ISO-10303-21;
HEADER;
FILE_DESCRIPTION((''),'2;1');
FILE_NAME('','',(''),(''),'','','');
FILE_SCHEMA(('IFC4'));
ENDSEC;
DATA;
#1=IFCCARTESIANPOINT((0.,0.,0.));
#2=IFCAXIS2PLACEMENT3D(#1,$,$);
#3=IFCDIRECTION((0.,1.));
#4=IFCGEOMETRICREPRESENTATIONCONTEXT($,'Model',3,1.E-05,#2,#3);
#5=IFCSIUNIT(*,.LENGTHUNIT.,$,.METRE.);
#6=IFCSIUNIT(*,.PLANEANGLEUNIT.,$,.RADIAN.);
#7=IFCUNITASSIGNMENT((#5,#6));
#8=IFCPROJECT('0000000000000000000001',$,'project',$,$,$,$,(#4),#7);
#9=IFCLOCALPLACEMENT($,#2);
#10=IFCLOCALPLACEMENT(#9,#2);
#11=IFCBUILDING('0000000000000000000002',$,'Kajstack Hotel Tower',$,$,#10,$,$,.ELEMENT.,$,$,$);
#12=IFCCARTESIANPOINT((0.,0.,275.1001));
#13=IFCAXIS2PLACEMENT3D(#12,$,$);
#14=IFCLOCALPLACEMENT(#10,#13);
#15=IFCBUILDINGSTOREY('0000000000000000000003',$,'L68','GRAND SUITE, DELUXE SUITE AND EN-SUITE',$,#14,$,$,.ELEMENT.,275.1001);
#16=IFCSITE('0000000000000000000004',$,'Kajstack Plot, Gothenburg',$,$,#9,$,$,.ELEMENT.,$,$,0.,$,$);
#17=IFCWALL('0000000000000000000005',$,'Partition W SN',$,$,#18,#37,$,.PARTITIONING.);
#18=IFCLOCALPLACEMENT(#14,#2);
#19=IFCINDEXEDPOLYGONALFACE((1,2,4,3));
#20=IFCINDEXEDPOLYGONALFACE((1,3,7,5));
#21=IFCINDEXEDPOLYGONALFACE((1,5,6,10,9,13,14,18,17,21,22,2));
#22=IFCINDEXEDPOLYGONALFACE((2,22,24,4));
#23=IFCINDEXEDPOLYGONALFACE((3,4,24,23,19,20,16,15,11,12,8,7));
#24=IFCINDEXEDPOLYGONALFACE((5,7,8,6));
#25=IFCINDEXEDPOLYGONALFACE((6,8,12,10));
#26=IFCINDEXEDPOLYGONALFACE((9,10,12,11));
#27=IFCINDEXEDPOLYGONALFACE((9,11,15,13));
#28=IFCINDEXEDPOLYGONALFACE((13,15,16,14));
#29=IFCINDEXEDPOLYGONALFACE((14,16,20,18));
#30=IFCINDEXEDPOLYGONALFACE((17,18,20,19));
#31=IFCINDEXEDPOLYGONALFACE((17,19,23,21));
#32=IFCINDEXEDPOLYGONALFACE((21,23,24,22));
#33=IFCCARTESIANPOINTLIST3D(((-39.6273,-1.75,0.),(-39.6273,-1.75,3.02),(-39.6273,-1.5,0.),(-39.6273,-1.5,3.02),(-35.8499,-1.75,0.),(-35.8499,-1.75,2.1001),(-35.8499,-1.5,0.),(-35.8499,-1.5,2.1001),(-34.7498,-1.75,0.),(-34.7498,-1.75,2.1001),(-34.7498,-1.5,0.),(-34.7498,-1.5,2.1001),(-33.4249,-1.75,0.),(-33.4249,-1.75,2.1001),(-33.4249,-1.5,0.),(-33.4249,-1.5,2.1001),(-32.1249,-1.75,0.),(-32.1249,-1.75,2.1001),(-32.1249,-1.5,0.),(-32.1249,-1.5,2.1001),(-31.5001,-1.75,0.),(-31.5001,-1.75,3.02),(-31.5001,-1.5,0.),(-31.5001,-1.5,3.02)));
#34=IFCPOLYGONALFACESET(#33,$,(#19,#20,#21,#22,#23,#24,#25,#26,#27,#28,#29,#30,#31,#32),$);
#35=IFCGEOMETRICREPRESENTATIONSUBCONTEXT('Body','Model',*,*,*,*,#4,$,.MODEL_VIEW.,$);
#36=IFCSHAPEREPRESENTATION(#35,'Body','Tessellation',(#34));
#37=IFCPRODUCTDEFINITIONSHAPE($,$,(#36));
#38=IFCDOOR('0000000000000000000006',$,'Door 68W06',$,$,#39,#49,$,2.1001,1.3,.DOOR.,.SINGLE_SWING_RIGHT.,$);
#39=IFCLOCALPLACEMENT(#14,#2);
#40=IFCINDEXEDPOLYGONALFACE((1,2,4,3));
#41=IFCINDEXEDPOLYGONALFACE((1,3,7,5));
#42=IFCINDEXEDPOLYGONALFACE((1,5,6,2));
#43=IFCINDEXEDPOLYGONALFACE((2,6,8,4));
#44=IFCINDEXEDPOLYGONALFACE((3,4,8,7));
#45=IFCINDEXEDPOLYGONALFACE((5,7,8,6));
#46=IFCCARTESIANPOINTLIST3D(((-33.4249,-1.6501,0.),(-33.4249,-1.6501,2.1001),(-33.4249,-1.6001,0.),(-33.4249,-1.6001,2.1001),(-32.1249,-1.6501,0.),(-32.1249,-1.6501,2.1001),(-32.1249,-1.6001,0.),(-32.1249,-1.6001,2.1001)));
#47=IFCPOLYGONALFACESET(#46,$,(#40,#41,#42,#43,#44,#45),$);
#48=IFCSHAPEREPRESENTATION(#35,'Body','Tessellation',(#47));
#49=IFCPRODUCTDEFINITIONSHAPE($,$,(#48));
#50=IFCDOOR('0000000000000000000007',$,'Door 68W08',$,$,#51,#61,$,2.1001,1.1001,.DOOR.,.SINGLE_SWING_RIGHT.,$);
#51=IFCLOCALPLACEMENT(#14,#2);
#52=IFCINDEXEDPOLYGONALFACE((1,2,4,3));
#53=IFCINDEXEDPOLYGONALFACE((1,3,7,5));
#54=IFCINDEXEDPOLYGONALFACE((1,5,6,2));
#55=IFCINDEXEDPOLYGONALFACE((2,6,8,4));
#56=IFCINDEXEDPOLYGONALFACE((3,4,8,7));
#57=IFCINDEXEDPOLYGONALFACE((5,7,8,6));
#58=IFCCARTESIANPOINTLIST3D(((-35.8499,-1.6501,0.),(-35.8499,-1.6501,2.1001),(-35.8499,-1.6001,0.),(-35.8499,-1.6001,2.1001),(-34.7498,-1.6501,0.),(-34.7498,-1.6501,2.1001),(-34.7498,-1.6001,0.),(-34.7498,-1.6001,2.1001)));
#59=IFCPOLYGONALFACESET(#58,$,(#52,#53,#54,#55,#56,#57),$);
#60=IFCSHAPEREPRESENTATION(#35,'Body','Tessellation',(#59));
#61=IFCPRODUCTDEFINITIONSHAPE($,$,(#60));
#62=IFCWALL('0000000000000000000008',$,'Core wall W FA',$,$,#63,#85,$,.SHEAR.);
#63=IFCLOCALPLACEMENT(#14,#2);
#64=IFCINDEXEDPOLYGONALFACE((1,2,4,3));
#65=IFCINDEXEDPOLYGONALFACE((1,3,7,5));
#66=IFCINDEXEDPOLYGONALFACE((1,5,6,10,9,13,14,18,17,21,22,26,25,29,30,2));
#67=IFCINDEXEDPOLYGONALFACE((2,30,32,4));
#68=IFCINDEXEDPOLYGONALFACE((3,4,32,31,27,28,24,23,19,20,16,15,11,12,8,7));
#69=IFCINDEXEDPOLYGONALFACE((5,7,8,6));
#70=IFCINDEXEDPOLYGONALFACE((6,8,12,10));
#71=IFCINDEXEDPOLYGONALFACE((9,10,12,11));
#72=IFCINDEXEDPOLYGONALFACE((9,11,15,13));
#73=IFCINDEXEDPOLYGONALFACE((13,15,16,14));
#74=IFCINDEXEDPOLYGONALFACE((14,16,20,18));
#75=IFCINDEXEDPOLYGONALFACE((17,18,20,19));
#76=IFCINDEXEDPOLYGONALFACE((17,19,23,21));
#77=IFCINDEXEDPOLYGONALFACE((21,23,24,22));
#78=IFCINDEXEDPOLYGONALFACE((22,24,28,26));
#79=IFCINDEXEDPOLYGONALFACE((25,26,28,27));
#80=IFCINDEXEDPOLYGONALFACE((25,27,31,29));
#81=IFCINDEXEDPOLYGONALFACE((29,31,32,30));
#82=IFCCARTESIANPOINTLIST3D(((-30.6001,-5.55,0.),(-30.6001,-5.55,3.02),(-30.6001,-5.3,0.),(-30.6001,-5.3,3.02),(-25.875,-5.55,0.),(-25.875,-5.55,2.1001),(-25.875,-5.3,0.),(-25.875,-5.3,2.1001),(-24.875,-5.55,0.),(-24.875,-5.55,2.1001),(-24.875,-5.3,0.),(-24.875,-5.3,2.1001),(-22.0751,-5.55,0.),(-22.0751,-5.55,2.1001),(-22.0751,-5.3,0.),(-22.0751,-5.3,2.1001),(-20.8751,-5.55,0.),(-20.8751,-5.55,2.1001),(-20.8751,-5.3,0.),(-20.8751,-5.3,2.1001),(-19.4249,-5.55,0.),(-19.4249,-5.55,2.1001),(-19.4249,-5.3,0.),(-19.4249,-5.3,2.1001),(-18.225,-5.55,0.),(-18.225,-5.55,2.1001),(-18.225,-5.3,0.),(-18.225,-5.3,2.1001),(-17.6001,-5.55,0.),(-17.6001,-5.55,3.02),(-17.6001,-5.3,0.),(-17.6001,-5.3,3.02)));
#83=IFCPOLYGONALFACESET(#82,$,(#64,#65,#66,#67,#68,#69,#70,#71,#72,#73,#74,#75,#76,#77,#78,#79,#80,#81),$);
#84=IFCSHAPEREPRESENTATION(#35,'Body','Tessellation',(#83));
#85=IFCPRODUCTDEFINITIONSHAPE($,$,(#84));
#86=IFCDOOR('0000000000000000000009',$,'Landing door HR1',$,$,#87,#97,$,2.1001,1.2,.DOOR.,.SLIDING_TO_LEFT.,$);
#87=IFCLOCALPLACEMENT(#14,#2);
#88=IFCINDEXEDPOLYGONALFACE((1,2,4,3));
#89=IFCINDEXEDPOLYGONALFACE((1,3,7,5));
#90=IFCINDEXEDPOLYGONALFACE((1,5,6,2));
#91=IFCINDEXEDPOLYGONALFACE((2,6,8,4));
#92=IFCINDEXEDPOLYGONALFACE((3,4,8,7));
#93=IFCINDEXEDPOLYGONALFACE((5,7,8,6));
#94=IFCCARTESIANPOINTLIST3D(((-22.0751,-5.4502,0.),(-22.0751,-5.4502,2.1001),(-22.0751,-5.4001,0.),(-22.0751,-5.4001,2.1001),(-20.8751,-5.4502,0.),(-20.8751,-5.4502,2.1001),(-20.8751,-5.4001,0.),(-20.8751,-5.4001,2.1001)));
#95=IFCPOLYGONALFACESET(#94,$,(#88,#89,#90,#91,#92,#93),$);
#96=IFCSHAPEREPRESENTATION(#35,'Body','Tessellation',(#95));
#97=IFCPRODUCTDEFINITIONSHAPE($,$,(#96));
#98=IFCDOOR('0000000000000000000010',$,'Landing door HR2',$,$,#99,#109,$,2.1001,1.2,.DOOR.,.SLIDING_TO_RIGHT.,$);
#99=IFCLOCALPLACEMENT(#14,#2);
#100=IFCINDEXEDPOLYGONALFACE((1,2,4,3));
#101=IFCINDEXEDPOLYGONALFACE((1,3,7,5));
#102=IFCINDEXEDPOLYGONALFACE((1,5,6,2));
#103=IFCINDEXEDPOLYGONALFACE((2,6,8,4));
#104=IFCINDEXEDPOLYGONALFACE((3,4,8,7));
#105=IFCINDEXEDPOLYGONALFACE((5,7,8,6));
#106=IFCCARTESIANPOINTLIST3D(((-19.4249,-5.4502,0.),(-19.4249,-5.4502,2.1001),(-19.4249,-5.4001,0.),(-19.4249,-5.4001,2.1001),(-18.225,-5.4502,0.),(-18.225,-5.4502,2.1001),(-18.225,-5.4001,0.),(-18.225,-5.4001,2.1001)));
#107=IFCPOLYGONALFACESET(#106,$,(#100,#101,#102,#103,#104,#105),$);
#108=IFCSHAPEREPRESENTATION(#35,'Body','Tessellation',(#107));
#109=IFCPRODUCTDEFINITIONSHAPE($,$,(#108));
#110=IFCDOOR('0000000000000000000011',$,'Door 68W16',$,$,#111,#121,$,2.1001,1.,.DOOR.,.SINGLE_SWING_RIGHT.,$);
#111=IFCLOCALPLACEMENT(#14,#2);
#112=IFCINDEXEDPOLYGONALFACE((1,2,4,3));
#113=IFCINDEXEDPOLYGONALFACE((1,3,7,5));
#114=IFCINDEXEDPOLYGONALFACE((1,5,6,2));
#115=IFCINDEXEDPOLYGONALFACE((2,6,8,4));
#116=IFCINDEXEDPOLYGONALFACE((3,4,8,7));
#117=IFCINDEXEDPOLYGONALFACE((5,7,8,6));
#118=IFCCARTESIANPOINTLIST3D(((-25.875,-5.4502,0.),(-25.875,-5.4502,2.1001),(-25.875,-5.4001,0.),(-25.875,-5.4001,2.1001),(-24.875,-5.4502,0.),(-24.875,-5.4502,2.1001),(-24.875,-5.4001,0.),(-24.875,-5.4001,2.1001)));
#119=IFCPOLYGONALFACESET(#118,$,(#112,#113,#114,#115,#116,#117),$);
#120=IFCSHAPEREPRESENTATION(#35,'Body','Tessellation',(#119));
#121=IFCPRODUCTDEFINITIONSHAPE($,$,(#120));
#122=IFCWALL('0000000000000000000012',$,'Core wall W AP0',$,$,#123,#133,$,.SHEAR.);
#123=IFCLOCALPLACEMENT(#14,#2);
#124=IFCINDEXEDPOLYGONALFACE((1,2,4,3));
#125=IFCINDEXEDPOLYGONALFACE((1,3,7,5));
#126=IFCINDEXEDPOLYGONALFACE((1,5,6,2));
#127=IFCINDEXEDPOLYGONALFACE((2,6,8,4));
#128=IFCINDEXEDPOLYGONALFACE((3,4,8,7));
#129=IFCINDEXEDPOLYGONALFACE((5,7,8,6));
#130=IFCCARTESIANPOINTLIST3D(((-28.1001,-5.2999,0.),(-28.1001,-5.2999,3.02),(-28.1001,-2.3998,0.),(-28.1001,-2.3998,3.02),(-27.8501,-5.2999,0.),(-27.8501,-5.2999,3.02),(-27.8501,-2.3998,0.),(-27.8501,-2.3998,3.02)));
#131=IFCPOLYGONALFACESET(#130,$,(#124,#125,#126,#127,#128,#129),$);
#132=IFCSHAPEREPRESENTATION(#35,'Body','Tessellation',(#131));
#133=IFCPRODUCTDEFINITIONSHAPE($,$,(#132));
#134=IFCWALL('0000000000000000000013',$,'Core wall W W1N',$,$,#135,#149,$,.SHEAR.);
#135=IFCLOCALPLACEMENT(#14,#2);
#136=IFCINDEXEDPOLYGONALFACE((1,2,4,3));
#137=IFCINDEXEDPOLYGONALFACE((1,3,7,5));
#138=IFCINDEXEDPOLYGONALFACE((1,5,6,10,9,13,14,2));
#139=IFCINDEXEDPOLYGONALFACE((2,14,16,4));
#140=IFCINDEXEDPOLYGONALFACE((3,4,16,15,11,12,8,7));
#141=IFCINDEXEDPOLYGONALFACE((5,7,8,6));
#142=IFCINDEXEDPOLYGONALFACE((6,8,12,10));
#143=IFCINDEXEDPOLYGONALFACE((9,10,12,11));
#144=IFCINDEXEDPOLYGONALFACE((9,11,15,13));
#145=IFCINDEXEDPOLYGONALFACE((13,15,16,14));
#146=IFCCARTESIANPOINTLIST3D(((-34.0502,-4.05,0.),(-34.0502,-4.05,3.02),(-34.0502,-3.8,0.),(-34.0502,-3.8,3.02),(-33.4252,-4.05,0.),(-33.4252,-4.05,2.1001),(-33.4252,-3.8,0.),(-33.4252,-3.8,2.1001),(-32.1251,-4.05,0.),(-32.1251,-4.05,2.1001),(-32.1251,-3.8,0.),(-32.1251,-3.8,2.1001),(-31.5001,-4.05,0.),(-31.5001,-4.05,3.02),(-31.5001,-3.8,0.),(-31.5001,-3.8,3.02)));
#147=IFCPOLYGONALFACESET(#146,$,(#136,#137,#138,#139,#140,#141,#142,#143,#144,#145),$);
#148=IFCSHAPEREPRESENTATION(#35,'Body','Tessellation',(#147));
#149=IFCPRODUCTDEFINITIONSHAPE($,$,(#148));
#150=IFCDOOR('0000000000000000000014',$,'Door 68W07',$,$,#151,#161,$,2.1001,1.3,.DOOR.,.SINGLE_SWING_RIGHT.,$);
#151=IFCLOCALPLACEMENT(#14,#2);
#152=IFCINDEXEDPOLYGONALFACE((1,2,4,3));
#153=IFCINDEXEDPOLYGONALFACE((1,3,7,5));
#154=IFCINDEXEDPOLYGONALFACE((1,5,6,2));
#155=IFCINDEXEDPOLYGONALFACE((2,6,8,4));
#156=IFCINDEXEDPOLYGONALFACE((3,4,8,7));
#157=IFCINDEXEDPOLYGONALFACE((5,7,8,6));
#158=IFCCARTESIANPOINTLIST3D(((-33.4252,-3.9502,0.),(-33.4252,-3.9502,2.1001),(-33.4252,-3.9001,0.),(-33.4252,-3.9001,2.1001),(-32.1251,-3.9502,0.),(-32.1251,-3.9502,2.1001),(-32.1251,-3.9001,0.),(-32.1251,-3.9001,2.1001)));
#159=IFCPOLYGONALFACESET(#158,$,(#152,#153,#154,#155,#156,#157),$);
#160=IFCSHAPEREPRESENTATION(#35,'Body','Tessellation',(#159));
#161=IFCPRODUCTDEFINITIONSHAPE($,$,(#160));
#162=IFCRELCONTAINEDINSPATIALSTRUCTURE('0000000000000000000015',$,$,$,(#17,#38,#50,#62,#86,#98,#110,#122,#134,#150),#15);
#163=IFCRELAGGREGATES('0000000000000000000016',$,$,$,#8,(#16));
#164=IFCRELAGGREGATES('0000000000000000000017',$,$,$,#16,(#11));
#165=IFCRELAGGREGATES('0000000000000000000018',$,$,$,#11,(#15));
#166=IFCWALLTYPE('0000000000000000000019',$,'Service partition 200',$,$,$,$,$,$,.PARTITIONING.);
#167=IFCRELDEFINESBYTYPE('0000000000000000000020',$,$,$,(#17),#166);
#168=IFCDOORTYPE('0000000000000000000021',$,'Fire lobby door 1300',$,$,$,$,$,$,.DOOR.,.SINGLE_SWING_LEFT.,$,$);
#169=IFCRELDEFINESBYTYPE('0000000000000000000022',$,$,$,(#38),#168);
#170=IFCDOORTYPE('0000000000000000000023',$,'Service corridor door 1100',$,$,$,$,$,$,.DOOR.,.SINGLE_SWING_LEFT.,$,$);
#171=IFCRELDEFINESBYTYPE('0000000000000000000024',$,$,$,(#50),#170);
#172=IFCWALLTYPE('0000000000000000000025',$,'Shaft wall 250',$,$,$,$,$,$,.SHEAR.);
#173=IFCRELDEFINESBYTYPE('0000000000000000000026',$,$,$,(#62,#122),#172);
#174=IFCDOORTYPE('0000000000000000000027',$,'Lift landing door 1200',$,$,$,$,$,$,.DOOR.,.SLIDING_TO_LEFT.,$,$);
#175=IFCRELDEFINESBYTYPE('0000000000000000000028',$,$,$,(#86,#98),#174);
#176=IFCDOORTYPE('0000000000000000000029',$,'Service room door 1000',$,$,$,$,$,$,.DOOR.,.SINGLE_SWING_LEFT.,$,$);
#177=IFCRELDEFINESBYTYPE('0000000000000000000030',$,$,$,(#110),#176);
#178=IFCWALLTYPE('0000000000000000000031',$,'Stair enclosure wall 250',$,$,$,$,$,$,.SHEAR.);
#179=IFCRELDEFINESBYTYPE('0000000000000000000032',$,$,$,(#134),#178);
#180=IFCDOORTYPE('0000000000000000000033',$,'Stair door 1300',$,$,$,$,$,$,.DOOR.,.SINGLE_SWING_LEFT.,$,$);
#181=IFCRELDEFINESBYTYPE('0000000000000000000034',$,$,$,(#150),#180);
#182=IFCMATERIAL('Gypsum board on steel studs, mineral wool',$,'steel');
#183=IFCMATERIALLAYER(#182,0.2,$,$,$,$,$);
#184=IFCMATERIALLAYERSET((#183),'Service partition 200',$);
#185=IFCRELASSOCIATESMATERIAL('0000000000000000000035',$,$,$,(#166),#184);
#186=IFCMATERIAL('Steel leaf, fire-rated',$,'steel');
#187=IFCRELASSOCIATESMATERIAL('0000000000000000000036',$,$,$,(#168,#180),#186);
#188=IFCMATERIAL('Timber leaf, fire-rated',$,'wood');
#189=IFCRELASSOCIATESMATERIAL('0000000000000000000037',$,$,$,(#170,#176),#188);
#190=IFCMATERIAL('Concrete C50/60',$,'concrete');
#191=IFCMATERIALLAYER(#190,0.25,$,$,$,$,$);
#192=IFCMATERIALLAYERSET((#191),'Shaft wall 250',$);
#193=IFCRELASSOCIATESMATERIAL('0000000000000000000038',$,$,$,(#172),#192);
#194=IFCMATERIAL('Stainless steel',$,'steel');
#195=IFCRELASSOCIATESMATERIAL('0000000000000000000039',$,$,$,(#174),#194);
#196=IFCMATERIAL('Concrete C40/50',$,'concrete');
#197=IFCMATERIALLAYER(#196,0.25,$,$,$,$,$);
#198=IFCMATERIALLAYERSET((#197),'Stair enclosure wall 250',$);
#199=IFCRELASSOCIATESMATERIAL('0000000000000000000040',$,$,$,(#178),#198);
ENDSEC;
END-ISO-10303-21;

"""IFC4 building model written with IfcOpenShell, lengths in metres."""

from ifc_helpers import new_model, si_unit, direction, frame, frame_2d, origin, place, context, subcontext, project, spatial, rectangle, extrude, material, layer, layer_set, type_object, element, fill, save


model = new_model("IFC4")

# Units and contexts
model_context = context("Model", 3, precision=1e-05, world=origin(), true_north=direction((0.0, 1.0)))
body_context = subcontext(model_context, "Body", "Model", "MODEL_VIEW")
ifc_project = project(units=[si_unit("LENGTHUNIT", "METRE"), si_unit("PLANEANGLEUNIT", "RADIAN")], contexts=[model_context])

# Site, building, storey
site_placement = place(None, origin())
site = spatial("IfcSite", under=ifc_project, at=site_placement, Name="Kajstack Plot, Gothenburg", CompositionType="ELEMENT", RefElevation=0.0)
building_placement = place(site_placement, origin())
building = spatial("IfcBuilding", under=site, at=building_placement, Name="Kajstack Hotel Tower", CompositionType="ELEMENT")
storey_placement = place(building_placement, frame((0.0, 0.0, 275.1001)))
storey = spatial("IfcBuildingStorey", under=building, at=storey_placement, Name="L68", Description="GRAND SUITE, DELUXE SUITE AND EN-SUITE", CompositionType="ELEMENT", Elevation=275.1001)

# Walls, openings, doors
ifc_material_1 = material(Name="Gypsum board on steel studs, mineral wool", Category="steel")
ifc_layer_1 = layer(ifc_material_1, 0.2)
ifc_layer_set_1 = layer_set([ifc_layer_1], Name="Service partition 200")
wall_type_1 = type_object("IfcWallType", Name="Service partition 200", PredefinedType="PARTITIONING", material=ifc_layer_set_1)
wall_1_placement = place(storey_placement, frame((-39.6272, -1.625, 0.0), z_axis=(0.0, 0.0, 1.0), x_axis=(1.0, 0.0, 0.0)))
wall_1 = element("IfcWall", 1, at=wall_1_placement, inside=storey, type_object=wall_type_1, Name="Partition W SN", PredefinedType="PARTITIONING", context=body_context, shape_type="SweptSolid", body=[
    extrude(rectangle(XDim=8.1272, YDim=0.25, at=frame_2d((4.0635, 0.0))), origin(), (0.0, 0.0, 1.0), 3.02),
])
opening_1_placement = place(wall_1_placement, frame((6.2024, 0.0, 0.0)))
opening_1 = element("IfcOpeningElement", 2, at=opening_1_placement, cuts=wall_1, PredefinedType="OPENING", context=body_context, shape_type="SweptSolid", body=[
    extrude(rectangle(XDim=1.3, YDim=2.1001, at=frame_2d((0.6499, 1.05))), frame((0.0, 0.135, 0.0), z_axis=(0.0, -1.0, 0.0), x_axis=(1.0, 0.0, 0.0)), (0.0, 0.0, 1.0), 0.27),
])
opening_2_placement = place(wall_1_placement, frame((3.7773, 0.0, 0.0)))
opening_2 = element("IfcOpeningElement", 3, at=opening_2_placement, cuts=wall_1, PredefinedType="OPENING", context=body_context, shape_type="SweptSolid", body=[
    extrude(rectangle(XDim=1.1001, YDim=2.1001, at=frame_2d((0.55, 1.05))), frame((0.0, 0.135, 0.0), z_axis=(0.0, -1.0, 0.0), x_axis=(1.0, 0.0, 0.0)), (0.0, 0.0, 1.0), 0.27),
])
ifc_material_2 = material(Name="Steel leaf, fire-rated", Category="steel")
door_type_1 = type_object("IfcDoorType", Name="Fire lobby door 1300", OperationType="SINGLE_SWING_LEFT", PredefinedType="DOOR", material=ifc_material_2)
door_1_placement = place(opening_1_placement, origin())
door_1 = element("IfcDoor", 4, at=door_1_placement, inside=storey, type_object=door_type_1, Name="Door 68W06", OperationType="SINGLE_SWING_RIGHT", OverallHeight=2.1001, OverallWidth=1.3, PredefinedType="DOOR", context=body_context, shape_type="SweptSolid", body=[
    extrude(rectangle(XDim=1.3, YDim=2.1001, at=frame_2d((0.6499, 1.05))), frame((0.0, 0.0249, 0.0), z_axis=(0.0, -1.0, 0.0), x_axis=(1.0, 0.0, 0.0)), (0.0, 0.0, 1.0), 0.05),
])
fill(opening_1, door_1)
ifc_material_3 = material(Name="Timber leaf, fire-rated", Category="wood")
door_type_2 = type_object("IfcDoorType", Name="Service corridor door 1100", OperationType="SINGLE_SWING_LEFT", PredefinedType="DOOR", material=ifc_material_3)
door_2_placement = place(opening_2_placement, origin())
door_2 = element("IfcDoor", 5, at=door_2_placement, inside=storey, type_object=door_type_2, Name="Door 68W08", OperationType="SINGLE_SWING_RIGHT", OverallHeight=2.1001, OverallWidth=1.1001, PredefinedType="DOOR", context=body_context, shape_type="SweptSolid", body=[
    extrude(rectangle(XDim=1.1001, YDim=2.1001, at=frame_2d((0.55, 1.05))), frame((0.0, 0.0249, 0.0), z_axis=(0.0, -1.0, 0.0), x_axis=(1.0, 0.0, 0.0)), (0.0, 0.0, 1.0), 0.05),
])
fill(opening_2, door_2)
ifc_material_4 = material(Name="Concrete C50/60", Category="concrete")
ifc_layer_2 = layer(ifc_material_4, 0.25)
ifc_layer_set_2 = layer_set([ifc_layer_2], Name="Shaft wall 250")
wall_type_2 = type_object("IfcWallType", Name="Shaft wall 250", PredefinedType="SHEAR", material=ifc_layer_set_2)
wall_2_placement = place(storey_placement, frame((-30.6001, -5.425, 0.0), z_axis=(0.0, 0.0, 1.0), x_axis=(1.0, 0.0, 0.0)))
wall_2 = element("IfcWall", 6, at=wall_2_placement, inside=storey, type_object=wall_type_2, Name="Core wall W FA", PredefinedType="SHEAR", context=body_context, shape_type="SweptSolid", body=[
    extrude(rectangle(XDim=13.0, YDim=0.25, at=frame_2d((6.5, 0.0))), origin(), (0.0, 0.0, 1.0), 3.02),
])
opening_3_placement = place(wall_2_placement, frame((8.5249, 0.0, 0.0)))
opening_3 = element("IfcOpeningElement", 7, at=opening_3_placement, cuts=wall_2, PredefinedType="OPENING", context=body_context, shape_type="SweptSolid", body=[
    extrude(rectangle(XDim=1.2, YDim=2.1001, at=frame_2d((0.6001, 1.05))), frame((0.0, 0.135, 0.0), z_axis=(0.0, -1.0, 0.0), x_axis=(1.0, 0.0, 0.0)), (0.0, 0.0, 1.0), 0.27),
])
opening_4_placement = place(wall_2_placement, frame((11.175, 0.0, 0.0)))
opening_4 = element("IfcOpeningElement", 8, at=opening_4_placement, cuts=wall_2, PredefinedType="OPENING", context=body_context, shape_type="SweptSolid", body=[
    extrude(rectangle(XDim=1.2, YDim=2.1001, at=frame_2d((0.6001, 1.05))), frame((0.0, 0.135, 0.0), z_axis=(0.0, -1.0, 0.0), x_axis=(1.0, 0.0, 0.0)), (0.0, 0.0, 1.0), 0.27),
])
opening_5_placement = place(wall_2_placement, frame((4.7251, 0.0, 0.0)))
opening_5 = element("IfcOpeningElement", 9, at=opening_5_placement, cuts=wall_2, PredefinedType="OPENING", context=body_context, shape_type="SweptSolid", body=[
    extrude(rectangle(XDim=1.0, YDim=2.1001, at=frame_2d((0.5, 1.05))), frame((0.0, 0.135, 0.0), z_axis=(0.0, -1.0, 0.0), x_axis=(1.0, 0.0, 0.0)), (0.0, 0.0, 1.0), 0.27),
])
ifc_material_5 = material(Name="Stainless steel", Category="steel")
door_type_3 = type_object("IfcDoorType", Name="Lift landing door 1200", OperationType="SLIDING_TO_LEFT", PredefinedType="DOOR", material=ifc_material_5)
door_3_placement = place(opening_3_placement, origin())
door_3 = element("IfcDoor", 10, at=door_3_placement, inside=storey, type_object=door_type_3, Name="Landing door HR1", OperationType="SLIDING_TO_LEFT", OverallHeight=2.1001, OverallWidth=1.2, PredefinedType="DOOR", context=body_context, shape_type="SweptSolid", body=[
    extrude(rectangle(XDim=1.2, YDim=2.1001, at=frame_2d((0.6001, 1.05))), frame((0.0, 0.0249, 0.0), z_axis=(0.0, -1.0, 0.0), x_axis=(1.0, 0.0, 0.0)), (0.0, 0.0, 1.0), 0.05),
])
fill(opening_3, door_3)
door_4_placement = place(opening_4_placement, origin())
door_4 = element("IfcDoor", 11, at=door_4_placement, inside=storey, type_object=door_type_3, Name="Landing door HR2", OperationType="SLIDING_TO_RIGHT", OverallHeight=2.1001, OverallWidth=1.2, PredefinedType="DOOR", context=body_context, shape_type="SweptSolid", body=[
    extrude(rectangle(XDim=1.2, YDim=2.1001, at=frame_2d((0.6001, 1.05))), frame((0.0, 0.0249, 0.0), z_axis=(0.0, -1.0, 0.0), x_axis=(1.0, 0.0, 0.0)), (0.0, 0.0, 1.0), 0.05),
])
fill(opening_4, door_4)
door_type_4 = type_object("IfcDoorType", Name="Service room door 1000", OperationType="SINGLE_SWING_LEFT", PredefinedType="DOOR", material=ifc_material_3)
door_5_placement = place(opening_5_placement, origin())
door_5 = element("IfcDoor", 12, at=door_5_placement, inside=storey, type_object=door_type_4, Name="Door 68W16", OperationType="SINGLE_SWING_RIGHT", OverallHeight=2.1001, OverallWidth=1.0, PredefinedType="DOOR", context=body_context, shape_type="SweptSolid", body=[
    extrude(rectangle(XDim=1.0, YDim=2.1001, at=frame_2d((0.5, 1.05))), frame((0.0, 0.0249, 0.0), z_axis=(0.0, -1.0, 0.0), x_axis=(1.0, 0.0, 0.0)), (0.0, 0.0, 1.0), 0.05),
])
fill(opening_5, door_5)

# Wall
wall_3_placement = place(storey_placement, frame((-27.9751, -5.3, 0.0), z_axis=(0.0, 0.0, 1.0), x_axis=(0.0, 1.0, 0.0)))
element("IfcWall", 13, at=wall_3_placement, inside=storey, type_object=wall_type_2, Name="Core wall W AP0", PredefinedType="SHEAR", context=body_context, shape_type="SweptSolid", body=[
    extrude(rectangle(XDim=2.9001, YDim=0.25, at=frame_2d((1.4502, 0.0))), origin(), (0.0, 0.0, 1.0), 3.02),
])

# Wall, opening, door
ifc_material_6 = material(Name="Concrete C40/50", Category="concrete")
ifc_layer_3 = layer(ifc_material_6, 0.25)
ifc_layer_set_3 = layer_set([ifc_layer_3], Name="Stair enclosure wall 250")
wall_type_3 = type_object("IfcWallType", Name="Stair enclosure wall 250", PredefinedType="SHEAR", material=ifc_layer_set_3)
wall_4_placement = place(storey_placement, frame((-34.05, -3.925, 0.0), z_axis=(0.0, 0.0, 1.0), x_axis=(1.0, 0.0, 0.0)))
wall_4 = element("IfcWall", 14, at=wall_4_placement, inside=storey, type_object=wall_type_3, Name="Core wall W W1N", PredefinedType="SHEAR", context=body_context, shape_type="SweptSolid", body=[
    extrude(rectangle(XDim=2.55, YDim=0.25, at=frame_2d((1.2749, 0.0))), origin(), (0.0, 0.0, 1.0), 3.02),
])
opening_6_placement = place(wall_4_placement, frame((0.625, 0.0, 0.0)))
opening_6 = element("IfcOpeningElement", 15, at=opening_6_placement, cuts=wall_4, PredefinedType="OPENING", context=body_context, shape_type="SweptSolid", body=[
    extrude(rectangle(XDim=1.3, YDim=2.1001, at=frame_2d((0.6499, 1.05))), frame((0.0, 0.135, 0.0), z_axis=(0.0, -1.0, 0.0), x_axis=(1.0, 0.0, 0.0)), (0.0, 0.0, 1.0), 0.27),
])
door_type_5 = type_object("IfcDoorType", Name="Stair door 1300", OperationType="SINGLE_SWING_LEFT", PredefinedType="DOOR", material=ifc_material_2)
door_6_placement = place(opening_6_placement, origin())
door_6 = element("IfcDoor", 16, at=door_6_placement, inside=storey, type_object=door_type_5, Name="Door 68W07", OperationType="SINGLE_SWING_RIGHT", OverallHeight=2.1001, OverallWidth=1.3, PredefinedType="DOOR", context=body_context, shape_type="SweptSolid", body=[
    extrude(rectangle(XDim=1.3, YDim=2.1001, at=frame_2d((0.6499, 1.05))), frame((0.0, 0.0249, 0.0), z_axis=(0.0, -1.0, 0.0), x_axis=(1.0, 0.0, 0.0)), (0.0, 0.0, 1.0), 0.05),
])
fill(opening_6, door_6)

save(model, "model.ifc")
